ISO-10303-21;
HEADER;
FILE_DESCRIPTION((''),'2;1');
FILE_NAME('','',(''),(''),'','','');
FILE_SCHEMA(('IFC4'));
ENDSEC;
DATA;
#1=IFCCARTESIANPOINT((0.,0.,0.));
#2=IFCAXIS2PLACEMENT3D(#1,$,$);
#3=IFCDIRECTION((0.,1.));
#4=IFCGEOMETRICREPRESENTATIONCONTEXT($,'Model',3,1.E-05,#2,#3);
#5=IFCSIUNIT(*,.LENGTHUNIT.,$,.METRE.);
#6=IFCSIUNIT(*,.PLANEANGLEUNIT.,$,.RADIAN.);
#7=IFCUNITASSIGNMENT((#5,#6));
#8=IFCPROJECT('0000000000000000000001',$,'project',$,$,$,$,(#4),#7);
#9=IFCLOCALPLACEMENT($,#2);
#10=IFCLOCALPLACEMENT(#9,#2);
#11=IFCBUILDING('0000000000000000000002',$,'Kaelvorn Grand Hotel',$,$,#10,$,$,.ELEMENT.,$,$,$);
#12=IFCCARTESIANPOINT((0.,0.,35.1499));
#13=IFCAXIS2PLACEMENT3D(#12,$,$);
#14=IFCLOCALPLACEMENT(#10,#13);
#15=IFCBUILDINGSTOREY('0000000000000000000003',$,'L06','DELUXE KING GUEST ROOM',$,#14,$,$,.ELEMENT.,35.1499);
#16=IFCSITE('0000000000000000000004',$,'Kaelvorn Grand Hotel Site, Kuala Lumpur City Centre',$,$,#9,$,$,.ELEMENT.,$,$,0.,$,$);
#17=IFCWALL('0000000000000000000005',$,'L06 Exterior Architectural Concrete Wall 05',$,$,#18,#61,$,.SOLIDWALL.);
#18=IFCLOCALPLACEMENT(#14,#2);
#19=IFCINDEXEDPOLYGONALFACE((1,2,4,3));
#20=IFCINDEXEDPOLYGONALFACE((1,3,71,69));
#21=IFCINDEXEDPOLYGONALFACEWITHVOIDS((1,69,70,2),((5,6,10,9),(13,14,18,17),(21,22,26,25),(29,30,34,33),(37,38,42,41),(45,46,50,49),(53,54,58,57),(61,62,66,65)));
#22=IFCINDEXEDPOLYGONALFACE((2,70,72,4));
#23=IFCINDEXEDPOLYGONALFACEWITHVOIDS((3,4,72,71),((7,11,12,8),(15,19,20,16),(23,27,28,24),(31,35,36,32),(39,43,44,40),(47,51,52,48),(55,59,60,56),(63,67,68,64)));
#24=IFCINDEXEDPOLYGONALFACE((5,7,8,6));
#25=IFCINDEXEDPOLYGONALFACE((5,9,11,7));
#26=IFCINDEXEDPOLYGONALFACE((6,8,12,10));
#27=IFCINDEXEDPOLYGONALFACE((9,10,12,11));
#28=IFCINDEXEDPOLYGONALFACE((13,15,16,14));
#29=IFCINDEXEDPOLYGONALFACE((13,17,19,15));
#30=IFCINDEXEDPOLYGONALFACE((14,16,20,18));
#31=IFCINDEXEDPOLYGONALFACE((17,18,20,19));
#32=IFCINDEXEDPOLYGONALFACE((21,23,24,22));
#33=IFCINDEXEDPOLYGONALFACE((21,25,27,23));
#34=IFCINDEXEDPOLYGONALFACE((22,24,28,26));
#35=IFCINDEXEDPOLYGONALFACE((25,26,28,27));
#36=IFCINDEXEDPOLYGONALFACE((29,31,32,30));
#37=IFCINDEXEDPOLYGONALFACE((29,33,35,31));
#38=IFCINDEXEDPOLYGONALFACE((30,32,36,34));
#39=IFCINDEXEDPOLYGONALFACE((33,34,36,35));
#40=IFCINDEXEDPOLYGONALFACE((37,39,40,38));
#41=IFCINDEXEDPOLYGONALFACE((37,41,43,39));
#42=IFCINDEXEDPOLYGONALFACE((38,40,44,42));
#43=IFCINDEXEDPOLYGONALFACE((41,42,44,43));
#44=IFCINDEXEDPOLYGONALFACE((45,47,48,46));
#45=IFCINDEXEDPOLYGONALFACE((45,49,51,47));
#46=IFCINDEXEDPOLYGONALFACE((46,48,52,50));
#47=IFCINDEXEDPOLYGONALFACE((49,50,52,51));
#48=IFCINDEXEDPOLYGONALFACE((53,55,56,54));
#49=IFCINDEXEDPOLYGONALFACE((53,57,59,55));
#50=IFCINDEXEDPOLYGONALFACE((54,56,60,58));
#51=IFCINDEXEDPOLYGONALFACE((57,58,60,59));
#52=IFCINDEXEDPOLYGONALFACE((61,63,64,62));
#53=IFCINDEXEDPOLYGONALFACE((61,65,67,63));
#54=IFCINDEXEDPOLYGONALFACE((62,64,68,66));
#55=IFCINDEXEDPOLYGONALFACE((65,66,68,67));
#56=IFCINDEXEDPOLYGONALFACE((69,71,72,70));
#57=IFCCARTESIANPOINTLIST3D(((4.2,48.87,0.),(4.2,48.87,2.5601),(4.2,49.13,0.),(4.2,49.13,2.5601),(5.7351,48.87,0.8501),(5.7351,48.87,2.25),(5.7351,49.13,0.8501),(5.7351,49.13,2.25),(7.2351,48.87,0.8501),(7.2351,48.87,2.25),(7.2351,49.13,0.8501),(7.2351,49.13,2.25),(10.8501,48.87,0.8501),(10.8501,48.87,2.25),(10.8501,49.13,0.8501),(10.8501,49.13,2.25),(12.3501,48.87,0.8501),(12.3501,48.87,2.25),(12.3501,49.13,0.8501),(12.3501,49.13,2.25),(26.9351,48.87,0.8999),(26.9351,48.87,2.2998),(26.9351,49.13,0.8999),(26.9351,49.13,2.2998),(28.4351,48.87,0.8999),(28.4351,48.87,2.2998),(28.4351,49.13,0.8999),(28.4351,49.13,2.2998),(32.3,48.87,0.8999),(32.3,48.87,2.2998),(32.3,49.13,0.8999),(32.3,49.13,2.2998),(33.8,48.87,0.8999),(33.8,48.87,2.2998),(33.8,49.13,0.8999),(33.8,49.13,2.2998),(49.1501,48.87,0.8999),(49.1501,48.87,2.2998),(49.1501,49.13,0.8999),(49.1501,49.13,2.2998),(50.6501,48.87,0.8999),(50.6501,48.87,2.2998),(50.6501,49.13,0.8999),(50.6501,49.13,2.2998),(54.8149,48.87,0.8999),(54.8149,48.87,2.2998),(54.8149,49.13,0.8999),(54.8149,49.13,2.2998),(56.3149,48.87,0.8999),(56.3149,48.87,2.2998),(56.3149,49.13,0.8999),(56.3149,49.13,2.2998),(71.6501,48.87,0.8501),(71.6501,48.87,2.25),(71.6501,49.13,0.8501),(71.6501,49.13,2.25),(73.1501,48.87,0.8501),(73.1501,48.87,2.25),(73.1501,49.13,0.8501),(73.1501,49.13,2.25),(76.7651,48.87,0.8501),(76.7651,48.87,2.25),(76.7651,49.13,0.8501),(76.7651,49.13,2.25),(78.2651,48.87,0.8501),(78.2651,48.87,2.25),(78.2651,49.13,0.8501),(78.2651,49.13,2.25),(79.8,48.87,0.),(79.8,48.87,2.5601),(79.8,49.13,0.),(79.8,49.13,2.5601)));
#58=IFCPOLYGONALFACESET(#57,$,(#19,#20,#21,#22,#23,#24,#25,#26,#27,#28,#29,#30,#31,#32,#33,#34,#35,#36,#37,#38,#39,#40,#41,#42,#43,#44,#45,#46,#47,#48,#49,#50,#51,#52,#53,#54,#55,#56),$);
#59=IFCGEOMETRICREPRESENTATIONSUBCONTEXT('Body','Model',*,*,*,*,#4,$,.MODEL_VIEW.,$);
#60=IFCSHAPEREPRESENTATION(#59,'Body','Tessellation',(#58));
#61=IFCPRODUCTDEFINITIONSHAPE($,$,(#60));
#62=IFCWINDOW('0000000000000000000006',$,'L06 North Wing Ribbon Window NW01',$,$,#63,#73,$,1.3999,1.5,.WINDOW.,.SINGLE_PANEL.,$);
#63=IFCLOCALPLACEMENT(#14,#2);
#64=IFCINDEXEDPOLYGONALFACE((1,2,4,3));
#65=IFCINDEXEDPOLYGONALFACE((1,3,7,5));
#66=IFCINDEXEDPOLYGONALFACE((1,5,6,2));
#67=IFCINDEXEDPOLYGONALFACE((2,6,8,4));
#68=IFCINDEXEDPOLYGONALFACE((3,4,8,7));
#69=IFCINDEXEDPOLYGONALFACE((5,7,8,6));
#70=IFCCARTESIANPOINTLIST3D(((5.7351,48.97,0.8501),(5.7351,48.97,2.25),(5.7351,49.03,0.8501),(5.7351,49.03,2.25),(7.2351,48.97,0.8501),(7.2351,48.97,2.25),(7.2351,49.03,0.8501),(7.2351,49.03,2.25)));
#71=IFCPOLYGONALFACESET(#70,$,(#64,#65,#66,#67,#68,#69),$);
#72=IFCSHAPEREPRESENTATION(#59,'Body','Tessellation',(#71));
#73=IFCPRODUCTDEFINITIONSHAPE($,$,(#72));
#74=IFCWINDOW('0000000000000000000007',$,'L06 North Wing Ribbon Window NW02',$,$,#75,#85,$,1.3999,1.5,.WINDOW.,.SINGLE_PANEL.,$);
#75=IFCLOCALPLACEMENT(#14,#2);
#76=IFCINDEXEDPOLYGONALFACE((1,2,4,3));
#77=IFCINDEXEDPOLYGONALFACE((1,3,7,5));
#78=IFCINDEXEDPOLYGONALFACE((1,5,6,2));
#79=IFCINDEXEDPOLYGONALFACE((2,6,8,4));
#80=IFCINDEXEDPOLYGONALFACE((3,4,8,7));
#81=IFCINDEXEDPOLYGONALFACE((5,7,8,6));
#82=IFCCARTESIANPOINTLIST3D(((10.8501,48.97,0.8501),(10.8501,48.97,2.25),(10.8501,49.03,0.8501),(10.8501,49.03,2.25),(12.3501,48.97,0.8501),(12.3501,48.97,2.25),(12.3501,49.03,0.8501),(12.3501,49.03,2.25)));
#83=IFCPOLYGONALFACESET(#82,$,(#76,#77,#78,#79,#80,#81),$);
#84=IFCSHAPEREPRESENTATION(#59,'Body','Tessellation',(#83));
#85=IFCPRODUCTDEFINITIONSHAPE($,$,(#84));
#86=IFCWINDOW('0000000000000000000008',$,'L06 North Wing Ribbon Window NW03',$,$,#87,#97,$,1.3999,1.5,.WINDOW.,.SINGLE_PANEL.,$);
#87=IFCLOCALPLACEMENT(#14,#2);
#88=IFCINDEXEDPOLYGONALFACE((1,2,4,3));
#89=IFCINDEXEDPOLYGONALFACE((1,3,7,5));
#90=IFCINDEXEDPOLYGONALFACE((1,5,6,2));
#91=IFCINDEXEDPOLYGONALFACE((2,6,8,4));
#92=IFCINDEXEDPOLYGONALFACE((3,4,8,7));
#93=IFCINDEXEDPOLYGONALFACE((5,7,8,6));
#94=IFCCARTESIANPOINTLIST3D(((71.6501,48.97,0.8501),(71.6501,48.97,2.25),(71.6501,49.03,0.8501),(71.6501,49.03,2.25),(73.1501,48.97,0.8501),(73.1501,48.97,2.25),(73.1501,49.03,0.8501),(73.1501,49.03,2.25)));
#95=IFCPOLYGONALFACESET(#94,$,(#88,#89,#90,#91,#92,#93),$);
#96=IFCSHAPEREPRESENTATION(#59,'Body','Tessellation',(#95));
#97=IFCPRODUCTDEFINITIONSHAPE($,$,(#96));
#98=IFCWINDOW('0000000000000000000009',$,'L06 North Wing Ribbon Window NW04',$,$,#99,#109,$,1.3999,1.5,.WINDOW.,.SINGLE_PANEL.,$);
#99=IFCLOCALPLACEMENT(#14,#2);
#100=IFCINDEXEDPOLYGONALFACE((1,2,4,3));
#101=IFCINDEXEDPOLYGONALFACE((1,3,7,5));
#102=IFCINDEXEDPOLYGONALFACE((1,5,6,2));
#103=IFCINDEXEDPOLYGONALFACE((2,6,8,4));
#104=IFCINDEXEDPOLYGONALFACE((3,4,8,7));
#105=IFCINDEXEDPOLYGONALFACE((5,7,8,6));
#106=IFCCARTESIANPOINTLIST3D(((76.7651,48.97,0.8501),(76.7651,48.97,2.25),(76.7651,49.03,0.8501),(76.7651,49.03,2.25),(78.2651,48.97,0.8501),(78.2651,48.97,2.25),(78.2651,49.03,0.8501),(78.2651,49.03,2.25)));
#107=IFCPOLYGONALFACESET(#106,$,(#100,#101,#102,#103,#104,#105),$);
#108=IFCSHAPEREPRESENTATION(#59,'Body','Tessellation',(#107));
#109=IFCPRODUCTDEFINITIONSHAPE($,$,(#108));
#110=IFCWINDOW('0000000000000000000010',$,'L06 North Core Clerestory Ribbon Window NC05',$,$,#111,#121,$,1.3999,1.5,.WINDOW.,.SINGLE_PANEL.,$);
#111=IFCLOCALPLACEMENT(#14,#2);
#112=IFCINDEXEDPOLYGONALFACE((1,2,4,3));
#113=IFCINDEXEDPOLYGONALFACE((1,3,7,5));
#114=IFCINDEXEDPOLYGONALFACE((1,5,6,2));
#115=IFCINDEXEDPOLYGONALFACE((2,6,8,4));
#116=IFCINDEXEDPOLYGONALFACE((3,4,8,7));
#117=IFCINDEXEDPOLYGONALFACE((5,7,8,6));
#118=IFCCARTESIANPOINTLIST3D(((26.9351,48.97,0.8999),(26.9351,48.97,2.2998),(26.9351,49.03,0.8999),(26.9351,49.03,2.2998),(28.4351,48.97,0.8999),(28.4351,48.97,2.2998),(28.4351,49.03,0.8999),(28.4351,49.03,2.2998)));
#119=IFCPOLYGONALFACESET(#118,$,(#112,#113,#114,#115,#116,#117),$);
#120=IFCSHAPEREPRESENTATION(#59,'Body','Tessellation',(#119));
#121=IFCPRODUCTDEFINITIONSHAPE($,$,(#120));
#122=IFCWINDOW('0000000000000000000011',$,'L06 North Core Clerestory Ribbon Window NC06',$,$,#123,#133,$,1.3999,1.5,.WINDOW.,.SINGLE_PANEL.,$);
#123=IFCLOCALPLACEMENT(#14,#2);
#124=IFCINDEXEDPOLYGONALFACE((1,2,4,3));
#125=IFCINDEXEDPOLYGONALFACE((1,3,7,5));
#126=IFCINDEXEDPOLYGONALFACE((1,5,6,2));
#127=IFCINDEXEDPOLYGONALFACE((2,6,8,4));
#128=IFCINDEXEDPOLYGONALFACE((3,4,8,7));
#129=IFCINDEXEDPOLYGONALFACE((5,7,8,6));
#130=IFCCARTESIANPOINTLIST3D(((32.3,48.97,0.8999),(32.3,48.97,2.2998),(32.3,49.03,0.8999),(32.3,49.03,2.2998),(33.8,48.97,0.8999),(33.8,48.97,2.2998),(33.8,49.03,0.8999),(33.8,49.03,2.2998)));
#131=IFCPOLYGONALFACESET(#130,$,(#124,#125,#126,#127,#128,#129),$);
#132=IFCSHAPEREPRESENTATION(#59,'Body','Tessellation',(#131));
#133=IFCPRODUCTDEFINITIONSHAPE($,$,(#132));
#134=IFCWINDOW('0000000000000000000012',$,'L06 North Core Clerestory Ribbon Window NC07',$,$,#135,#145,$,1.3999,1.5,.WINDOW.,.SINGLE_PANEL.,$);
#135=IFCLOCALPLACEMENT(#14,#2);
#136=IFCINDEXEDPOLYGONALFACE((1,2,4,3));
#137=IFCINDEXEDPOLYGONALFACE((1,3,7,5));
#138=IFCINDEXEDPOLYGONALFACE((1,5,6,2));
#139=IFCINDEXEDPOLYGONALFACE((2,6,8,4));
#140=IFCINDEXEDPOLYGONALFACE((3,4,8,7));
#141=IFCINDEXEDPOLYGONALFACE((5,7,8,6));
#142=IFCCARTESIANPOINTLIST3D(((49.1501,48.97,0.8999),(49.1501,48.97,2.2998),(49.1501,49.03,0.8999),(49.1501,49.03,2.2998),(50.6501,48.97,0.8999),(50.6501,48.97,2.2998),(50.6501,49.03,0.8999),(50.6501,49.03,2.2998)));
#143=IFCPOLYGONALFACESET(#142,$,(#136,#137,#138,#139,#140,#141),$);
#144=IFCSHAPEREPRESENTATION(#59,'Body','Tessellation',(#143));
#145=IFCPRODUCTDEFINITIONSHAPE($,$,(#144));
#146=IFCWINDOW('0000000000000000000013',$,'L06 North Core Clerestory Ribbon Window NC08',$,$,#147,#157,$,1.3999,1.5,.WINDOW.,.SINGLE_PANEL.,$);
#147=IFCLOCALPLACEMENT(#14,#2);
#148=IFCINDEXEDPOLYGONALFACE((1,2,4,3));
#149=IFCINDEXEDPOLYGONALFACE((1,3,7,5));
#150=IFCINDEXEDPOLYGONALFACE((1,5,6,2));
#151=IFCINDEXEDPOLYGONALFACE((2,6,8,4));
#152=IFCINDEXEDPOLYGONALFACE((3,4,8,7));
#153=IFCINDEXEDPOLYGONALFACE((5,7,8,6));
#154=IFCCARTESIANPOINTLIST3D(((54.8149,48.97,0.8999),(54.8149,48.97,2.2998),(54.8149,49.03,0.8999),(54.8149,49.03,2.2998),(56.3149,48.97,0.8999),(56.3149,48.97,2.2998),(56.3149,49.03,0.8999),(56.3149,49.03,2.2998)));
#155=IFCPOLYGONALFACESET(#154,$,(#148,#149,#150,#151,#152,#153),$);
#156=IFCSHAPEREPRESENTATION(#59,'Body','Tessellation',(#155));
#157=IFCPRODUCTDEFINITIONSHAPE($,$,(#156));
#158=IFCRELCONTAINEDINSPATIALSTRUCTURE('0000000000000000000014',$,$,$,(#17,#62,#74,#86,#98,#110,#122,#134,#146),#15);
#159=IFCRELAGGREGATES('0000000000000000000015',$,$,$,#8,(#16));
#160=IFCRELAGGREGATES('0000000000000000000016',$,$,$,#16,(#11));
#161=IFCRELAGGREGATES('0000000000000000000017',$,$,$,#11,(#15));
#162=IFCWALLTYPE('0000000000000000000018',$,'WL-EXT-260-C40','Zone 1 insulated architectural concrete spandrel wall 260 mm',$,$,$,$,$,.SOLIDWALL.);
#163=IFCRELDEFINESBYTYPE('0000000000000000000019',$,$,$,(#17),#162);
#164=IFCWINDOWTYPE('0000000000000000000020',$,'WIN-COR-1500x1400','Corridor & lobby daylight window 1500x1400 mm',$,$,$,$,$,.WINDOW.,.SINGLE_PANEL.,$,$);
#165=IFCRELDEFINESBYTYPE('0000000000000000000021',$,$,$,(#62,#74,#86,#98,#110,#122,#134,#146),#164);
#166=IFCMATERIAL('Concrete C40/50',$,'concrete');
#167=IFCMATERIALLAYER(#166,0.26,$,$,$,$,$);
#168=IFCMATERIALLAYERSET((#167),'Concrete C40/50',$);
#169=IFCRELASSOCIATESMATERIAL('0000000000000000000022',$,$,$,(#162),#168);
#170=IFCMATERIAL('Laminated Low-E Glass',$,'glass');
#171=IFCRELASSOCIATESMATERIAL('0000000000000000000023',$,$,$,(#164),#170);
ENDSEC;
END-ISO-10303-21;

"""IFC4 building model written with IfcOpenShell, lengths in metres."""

from ifc_helpers import new_model, si_unit, direction, frame, frame_2d, origin, place, context, subcontext, project, spatial, rectangle, extrude, material, layer, layer_set, type_object, element, fill, save


model = new_model("IFC4")

# Units and contexts
model_context = context("Model", 3, precision=1e-05, world=origin(), true_north=direction((0.0, 1.0)))
body_context = subcontext(model_context, "Body", "Model", "MODEL_VIEW")
ifc_project = project(units=[si_unit("LENGTHUNIT", "METRE"), si_unit("PLANEANGLEUNIT", "RADIAN")], contexts=[model_context])

# Site, building, storey
site_placement = place(None, origin())
site = spatial("IfcSite", under=ifc_project, at=site_placement, Name="Kaelvorn Grand Hotel Site, Kuala Lumpur City Centre", CompositionType="ELEMENT", RefElevation=0.0)
building_placement = place(site_placement, origin())
building = spatial("IfcBuilding", under=site, at=building_placement, Name="Kaelvorn Grand Hotel", CompositionType="ELEMENT")
storey_placement = place(building_placement, frame((0.0, 0.0, 35.1499)))
storey = spatial("IfcBuildingStorey", under=building, at=storey_placement, Name="L06", Description="DELUXE KING GUEST ROOM", CompositionType="ELEMENT", Elevation=35.1499)

# Shared definitions
ifc_material_1 = material(Name="Concrete C40/50", Category="concrete")
ifc_layer_1 = layer(ifc_material_1, 0.26)
ifc_layer_set_1 = layer_set([ifc_layer_1], Name="Concrete C40/50")
wall_type = type_object("IfcWallType", Name="WL-EXT-260-C40", Description="Zone 1 insulated architectural concrete spandrel wall 260 mm", PredefinedType="SOLIDWALL", material=ifc_layer_set_1)

# Wall, openings, windows
wall_1_placement = place(storey_placement, frame((79.8, 49.0, 0.0), z_axis=(0.0, 0.0, 1.0), x_axis=(-1.0, 0.0, 0.0)))
wall_1 = element("IfcWall", 1, at=wall_1_placement, inside=storey, type_object=wall_type, Name="L06 Exterior Architectural Concrete Wall 05", PredefinedType="SOLIDWALL", context=body_context, shape_type="SweptSolid", body=[
    extrude(rectangle(XDim=75.6001, YDim=0.26, at=frame_2d((37.8, 0.0))), origin(), (0.0, 0.0, 1.0), 2.5601),
])
opening_1_placement = place(wall_1_placement, frame((72.5649, 0.0, 0.8501)))
opening_1 = element("IfcOpeningElement", 2, at=opening_1_placement, cuts=wall_1, PredefinedType="OPENING", context=body_context, shape_type="SweptSolid", body=[
    extrude(rectangle(XDim=1.5, YDim=1.3999, at=frame_2d((0.75, 0.7))), frame((0.0, 0.1401, 0.0), z_axis=(0.0, -1.0, 0.0), x_axis=(1.0, 0.0, 0.0)), (0.0, 0.0, 1.0), 0.28),
])
opening_2_placement = place(wall_1_placement, frame((67.45, 0.0, 0.8501)))
opening_2 = element("IfcOpeningElement", 3, at=opening_2_placement, cuts=wall_1, PredefinedType="OPENING", context=body_context, shape_type="SweptSolid", body=[
    extrude(rectangle(XDim=1.5, YDim=1.3999, at=frame_2d((0.75, 0.7))), frame((0.0, 0.1401, 0.0), z_axis=(0.0, -1.0, 0.0), x_axis=(1.0, 0.0, 0.0)), (0.0, 0.0, 1.0), 0.28),
])
opening_3_placement = place(wall_1_placement, frame((6.6499, 0.0, 0.8501)))
opening_3 = element("IfcOpeningElement", 4, at=opening_3_placement, cuts=wall_1, PredefinedType="OPENING", context=body_context, shape_type="SweptSolid", body=[
    extrude(rectangle(XDim=1.5, YDim=1.3999, at=frame_2d((0.75, 0.7))), frame((0.0, 0.1401, 0.0), z_axis=(0.0, -1.0, 0.0), x_axis=(1.0, 0.0, 0.0)), (0.0, 0.0, 1.0), 0.28),
])
opening_4_placement = place(wall_1_placement, frame((1.5349, 0.0, 0.8501)))
opening_4 = element("IfcOpeningElement", 5, at=opening_4_placement, cuts=wall_1, PredefinedType="OPENING", context=body_context, shape_type="SweptSolid", body=[
    extrude(rectangle(XDim=1.5, YDim=1.3999, at=frame_2d((0.75, 0.7))), frame((0.0, 0.1401, 0.0), z_axis=(0.0, -1.0, 0.0), x_axis=(1.0, 0.0, 0.0)), (0.0, 0.0, 1.0), 0.28),
])
opening_5_placement = place(wall_1_placement, frame((51.365, 0.0, 0.8999)))
opening_5 = element("IfcOpeningElement", 6, at=opening_5_placement, cuts=wall_1, PredefinedType="OPENING", context=body_context, shape_type="SweptSolid", body=[
    extrude(rectangle(XDim=1.5, YDim=1.3999, at=frame_2d((0.75, 0.7))), frame((0.0, 0.1401, 0.0), z_axis=(0.0, -1.0, 0.0), x_axis=(1.0, 0.0, 0.0)), (0.0, 0.0, 1.0), 0.28),
])
opening_6_placement = place(wall_1_placement, frame((46.0, 0.0, 0.8999)))
opening_6 = element("IfcOpeningElement", 7, at=opening_6_placement, cuts=wall_1, PredefinedType="OPENING", context=body_context, shape_type="SweptSolid", body=[
    extrude(rectangle(XDim=1.5, YDim=1.3999, at=frame_2d((0.75, 0.7))), frame((0.0, 0.1401, 0.0), z_axis=(0.0, -1.0, 0.0), x_axis=(1.0, 0.0, 0.0)), (0.0, 0.0, 1.0), 0.28),
])
opening_7_placement = place(wall_1_placement, frame((29.1499, 0.0, 0.8999)))
opening_7 = element("IfcOpeningElement", 8, at=opening_7_placement, cuts=wall_1, PredefinedType="OPENING", context=body_context, shape_type="SweptSolid", body=[
    extrude(rectangle(XDim=1.5, YDim=1.3999, at=frame_2d((0.75, 0.7))), frame((0.0, 0.1401, 0.0), z_axis=(0.0, -1.0, 0.0), x_axis=(1.0, 0.0, 0.0)), (0.0, 0.0, 1.0), 0.28),
])
opening_8_placement = place(wall_1_placement, frame((23.4851, 0.0, 0.8999)))
opening_8 = element("IfcOpeningElement", 9, at=opening_8_placement, cuts=wall_1, PredefinedType="OPENING", context=body_context, shape_type="SweptSolid", body=[
    extrude(rectangle(XDim=1.5, YDim=1.3999, at=frame_2d((0.75, 0.7))), frame((0.0, 0.1401, 0.0), z_axis=(0.0, -1.0, 0.0), x_axis=(1.0, 0.0, 0.0)), (0.0, 0.0, 1.0), 0.28),
])
ifc_material_2 = material(Name="Laminated Low-E Glass", Category="glass")
window_type = type_object("IfcWindowType", Name="WIN-COR-1500x1400", Description="Corridor & lobby daylight window 1500x1400 mm", PartitioningType="SINGLE_PANEL", PredefinedType="WINDOW", material=ifc_material_2)
window_1_placement = place(opening_1_placement, origin())
window_1 = element("IfcWindow", 10, at=window_1_placement, inside=storey, type_object=window_type, Name="L06 North Wing Ribbon Window NW01", OverallHeight=1.3999, OverallWidth=1.5, PartitioningType="SINGLE_PANEL", PredefinedType="WINDOW", context=body_context, shape_type="SweptSolid", body=[
    extrude(rectangle(XDim=1.5, YDim=1.3999, at=frame_2d((0.75, 0.7))), frame((0.0, 0.03, 0.0), z_axis=(0.0, -1.0, 0.0), x_axis=(1.0, 0.0, 0.0)), (0.0, 0.0, 1.0), 0.0601),
])
fill(opening_1, window_1)
window_2_placement = place(opening_2_placement, origin())
window_2 = element("IfcWindow", 11, at=window_2_placement, inside=storey, type_object=window_type, Name="L06 North Wing Ribbon Window NW02", OverallHeight=1.3999, OverallWidth=1.5, PartitioningType="SINGLE_PANEL", PredefinedType="WINDOW", context=body_context, shape_type="SweptSolid", body=[
    extrude(rectangle(XDim=1.5, YDim=1.3999, at=frame_2d((0.75, 0.7))), frame((0.0, 0.03, 0.0), z_axis=(0.0, -1.0, 0.0), x_axis=(1.0, 0.0, 0.0)), (0.0, 0.0, 1.0), 0.0601),
])
fill(opening_2, window_2)
window_3_placement = place(opening_3_placement, origin())
window_3 = element("IfcWindow", 12, at=window_3_placement, inside=storey, type_object=window_type, Name="L06 North Wing Ribbon Window NW03", OverallHeight=1.3999, OverallWidth=1.5, PartitioningType="SINGLE_PANEL", PredefinedType="WINDOW", context=body_context, shape_type="SweptSolid", body=[
    extrude(rectangle(XDim=1.5, YDim=1.3999, at=frame_2d((0.75, 0.7))), frame((0.0, 0.03, 0.0), z_axis=(0.0, -1.0, 0.0), x_axis=(1.0, 0.0, 0.0)), (0.0, 0.0, 1.0), 0.0601),
])
fill(opening_3, window_3)
window_4_placement = place(opening_4_placement, origin())
window_4 = element("IfcWindow", 13, at=window_4_placement, inside=storey, type_object=window_type, Name="L06 North Wing Ribbon Window NW04", OverallHeight=1.3999, OverallWidth=1.5, PartitioningType="SINGLE_PANEL", PredefinedType="WINDOW", context=body_context, shape_type="SweptSolid", body=[
    extrude(rectangle(XDim=1.5, YDim=1.3999, at=frame_2d((0.75, 0.7))), frame((0.0, 0.03, 0.0), z_axis=(0.0, -1.0, 0.0), x_axis=(1.0, 0.0, 0.0)), (0.0, 0.0, 1.0), 0.0601),
])
fill(opening_4, window_4)
window_5_placement = place(opening_5_placement, origin())
window_5 = element("IfcWindow", 14, at=window_5_placement, inside=storey, type_object=window_type, Name="L06 North Core Clerestory Ribbon Window NC05", OverallHeight=1.3999, OverallWidth=1.5, PartitioningType="SINGLE_PANEL", PredefinedType="WINDOW", context=body_context, shape_type="SweptSolid", body=[
    extrude(rectangle(XDim=1.5, YDim=1.3999, at=frame_2d((0.75, 0.7))), frame((0.0, 0.03, 0.0), z_axis=(0.0, -1.0, 0.0), x_axis=(1.0, 0.0, 0.0)), (0.0, 0.0, 1.0), 0.0601),
])
fill(opening_5, window_5)
window_6_placement = place(opening_6_placement, origin())
window_6 = element("IfcWindow", 15, at=window_6_placement, inside=storey, type_object=window_type, Name="L06 North Core Clerestory Ribbon Window NC06", OverallHeight=1.3999, OverallWidth=1.5, PartitioningType="SINGLE_PANEL", PredefinedType="WINDOW", context=body_context, shape_type="SweptSolid", body=[
    extrude(rectangle(XDim=1.5, YDim=1.3999, at=frame_2d((0.75, 0.7))), frame((0.0, 0.03, 0.0), z_axis=(0.0, -1.0, 0.0), x_axis=(1.0, 0.0, 0.0)), (0.0, 0.0, 1.0), 0.0601),
])
fill(opening_6, window_6)
window_7_placement = place(opening_7_placement, origin())
window_7 = element("IfcWindow", 16, at=window_7_placement, inside=storey, type_object=window_type, Name="L06 North Core Clerestory Ribbon Window NC07", OverallHeight=1.3999, OverallWidth=1.5, PartitioningType="SINGLE_PANEL", PredefinedType="WINDOW", context=body_context, shape_type="SweptSolid", body=[
    extrude(rectangle(XDim=1.5, YDim=1.3999, at=frame_2d((0.75, 0.7))), frame((0.0, 0.03, 0.0), z_axis=(0.0, -1.0, 0.0), x_axis=(1.0, 0.0, 0.0)), (0.0, 0.0, 1.0), 0.0601),
])
fill(opening_7, window_7)
window_8_placement = place(opening_8_placement, origin())
window_8 = element("IfcWindow", 17, at=window_8_placement, inside=storey, type_object=window_type, Name="L06 North Core Clerestory Ribbon Window NC08", OverallHeight=1.3999, OverallWidth=1.5, PartitioningType="SINGLE_PANEL", PredefinedType="WINDOW", context=body_context, shape_type="SweptSolid", body=[
    extrude(rectangle(XDim=1.5, YDim=1.3999, at=frame_2d((0.75, 0.7))), frame((0.0, 0.03, 0.0), z_axis=(0.0, -1.0, 0.0), x_axis=(1.0, 0.0, 0.0)), (0.0, 0.0, 1.0), 0.0601),
])
fill(opening_8, window_8)

save(model, "model.ifc")
